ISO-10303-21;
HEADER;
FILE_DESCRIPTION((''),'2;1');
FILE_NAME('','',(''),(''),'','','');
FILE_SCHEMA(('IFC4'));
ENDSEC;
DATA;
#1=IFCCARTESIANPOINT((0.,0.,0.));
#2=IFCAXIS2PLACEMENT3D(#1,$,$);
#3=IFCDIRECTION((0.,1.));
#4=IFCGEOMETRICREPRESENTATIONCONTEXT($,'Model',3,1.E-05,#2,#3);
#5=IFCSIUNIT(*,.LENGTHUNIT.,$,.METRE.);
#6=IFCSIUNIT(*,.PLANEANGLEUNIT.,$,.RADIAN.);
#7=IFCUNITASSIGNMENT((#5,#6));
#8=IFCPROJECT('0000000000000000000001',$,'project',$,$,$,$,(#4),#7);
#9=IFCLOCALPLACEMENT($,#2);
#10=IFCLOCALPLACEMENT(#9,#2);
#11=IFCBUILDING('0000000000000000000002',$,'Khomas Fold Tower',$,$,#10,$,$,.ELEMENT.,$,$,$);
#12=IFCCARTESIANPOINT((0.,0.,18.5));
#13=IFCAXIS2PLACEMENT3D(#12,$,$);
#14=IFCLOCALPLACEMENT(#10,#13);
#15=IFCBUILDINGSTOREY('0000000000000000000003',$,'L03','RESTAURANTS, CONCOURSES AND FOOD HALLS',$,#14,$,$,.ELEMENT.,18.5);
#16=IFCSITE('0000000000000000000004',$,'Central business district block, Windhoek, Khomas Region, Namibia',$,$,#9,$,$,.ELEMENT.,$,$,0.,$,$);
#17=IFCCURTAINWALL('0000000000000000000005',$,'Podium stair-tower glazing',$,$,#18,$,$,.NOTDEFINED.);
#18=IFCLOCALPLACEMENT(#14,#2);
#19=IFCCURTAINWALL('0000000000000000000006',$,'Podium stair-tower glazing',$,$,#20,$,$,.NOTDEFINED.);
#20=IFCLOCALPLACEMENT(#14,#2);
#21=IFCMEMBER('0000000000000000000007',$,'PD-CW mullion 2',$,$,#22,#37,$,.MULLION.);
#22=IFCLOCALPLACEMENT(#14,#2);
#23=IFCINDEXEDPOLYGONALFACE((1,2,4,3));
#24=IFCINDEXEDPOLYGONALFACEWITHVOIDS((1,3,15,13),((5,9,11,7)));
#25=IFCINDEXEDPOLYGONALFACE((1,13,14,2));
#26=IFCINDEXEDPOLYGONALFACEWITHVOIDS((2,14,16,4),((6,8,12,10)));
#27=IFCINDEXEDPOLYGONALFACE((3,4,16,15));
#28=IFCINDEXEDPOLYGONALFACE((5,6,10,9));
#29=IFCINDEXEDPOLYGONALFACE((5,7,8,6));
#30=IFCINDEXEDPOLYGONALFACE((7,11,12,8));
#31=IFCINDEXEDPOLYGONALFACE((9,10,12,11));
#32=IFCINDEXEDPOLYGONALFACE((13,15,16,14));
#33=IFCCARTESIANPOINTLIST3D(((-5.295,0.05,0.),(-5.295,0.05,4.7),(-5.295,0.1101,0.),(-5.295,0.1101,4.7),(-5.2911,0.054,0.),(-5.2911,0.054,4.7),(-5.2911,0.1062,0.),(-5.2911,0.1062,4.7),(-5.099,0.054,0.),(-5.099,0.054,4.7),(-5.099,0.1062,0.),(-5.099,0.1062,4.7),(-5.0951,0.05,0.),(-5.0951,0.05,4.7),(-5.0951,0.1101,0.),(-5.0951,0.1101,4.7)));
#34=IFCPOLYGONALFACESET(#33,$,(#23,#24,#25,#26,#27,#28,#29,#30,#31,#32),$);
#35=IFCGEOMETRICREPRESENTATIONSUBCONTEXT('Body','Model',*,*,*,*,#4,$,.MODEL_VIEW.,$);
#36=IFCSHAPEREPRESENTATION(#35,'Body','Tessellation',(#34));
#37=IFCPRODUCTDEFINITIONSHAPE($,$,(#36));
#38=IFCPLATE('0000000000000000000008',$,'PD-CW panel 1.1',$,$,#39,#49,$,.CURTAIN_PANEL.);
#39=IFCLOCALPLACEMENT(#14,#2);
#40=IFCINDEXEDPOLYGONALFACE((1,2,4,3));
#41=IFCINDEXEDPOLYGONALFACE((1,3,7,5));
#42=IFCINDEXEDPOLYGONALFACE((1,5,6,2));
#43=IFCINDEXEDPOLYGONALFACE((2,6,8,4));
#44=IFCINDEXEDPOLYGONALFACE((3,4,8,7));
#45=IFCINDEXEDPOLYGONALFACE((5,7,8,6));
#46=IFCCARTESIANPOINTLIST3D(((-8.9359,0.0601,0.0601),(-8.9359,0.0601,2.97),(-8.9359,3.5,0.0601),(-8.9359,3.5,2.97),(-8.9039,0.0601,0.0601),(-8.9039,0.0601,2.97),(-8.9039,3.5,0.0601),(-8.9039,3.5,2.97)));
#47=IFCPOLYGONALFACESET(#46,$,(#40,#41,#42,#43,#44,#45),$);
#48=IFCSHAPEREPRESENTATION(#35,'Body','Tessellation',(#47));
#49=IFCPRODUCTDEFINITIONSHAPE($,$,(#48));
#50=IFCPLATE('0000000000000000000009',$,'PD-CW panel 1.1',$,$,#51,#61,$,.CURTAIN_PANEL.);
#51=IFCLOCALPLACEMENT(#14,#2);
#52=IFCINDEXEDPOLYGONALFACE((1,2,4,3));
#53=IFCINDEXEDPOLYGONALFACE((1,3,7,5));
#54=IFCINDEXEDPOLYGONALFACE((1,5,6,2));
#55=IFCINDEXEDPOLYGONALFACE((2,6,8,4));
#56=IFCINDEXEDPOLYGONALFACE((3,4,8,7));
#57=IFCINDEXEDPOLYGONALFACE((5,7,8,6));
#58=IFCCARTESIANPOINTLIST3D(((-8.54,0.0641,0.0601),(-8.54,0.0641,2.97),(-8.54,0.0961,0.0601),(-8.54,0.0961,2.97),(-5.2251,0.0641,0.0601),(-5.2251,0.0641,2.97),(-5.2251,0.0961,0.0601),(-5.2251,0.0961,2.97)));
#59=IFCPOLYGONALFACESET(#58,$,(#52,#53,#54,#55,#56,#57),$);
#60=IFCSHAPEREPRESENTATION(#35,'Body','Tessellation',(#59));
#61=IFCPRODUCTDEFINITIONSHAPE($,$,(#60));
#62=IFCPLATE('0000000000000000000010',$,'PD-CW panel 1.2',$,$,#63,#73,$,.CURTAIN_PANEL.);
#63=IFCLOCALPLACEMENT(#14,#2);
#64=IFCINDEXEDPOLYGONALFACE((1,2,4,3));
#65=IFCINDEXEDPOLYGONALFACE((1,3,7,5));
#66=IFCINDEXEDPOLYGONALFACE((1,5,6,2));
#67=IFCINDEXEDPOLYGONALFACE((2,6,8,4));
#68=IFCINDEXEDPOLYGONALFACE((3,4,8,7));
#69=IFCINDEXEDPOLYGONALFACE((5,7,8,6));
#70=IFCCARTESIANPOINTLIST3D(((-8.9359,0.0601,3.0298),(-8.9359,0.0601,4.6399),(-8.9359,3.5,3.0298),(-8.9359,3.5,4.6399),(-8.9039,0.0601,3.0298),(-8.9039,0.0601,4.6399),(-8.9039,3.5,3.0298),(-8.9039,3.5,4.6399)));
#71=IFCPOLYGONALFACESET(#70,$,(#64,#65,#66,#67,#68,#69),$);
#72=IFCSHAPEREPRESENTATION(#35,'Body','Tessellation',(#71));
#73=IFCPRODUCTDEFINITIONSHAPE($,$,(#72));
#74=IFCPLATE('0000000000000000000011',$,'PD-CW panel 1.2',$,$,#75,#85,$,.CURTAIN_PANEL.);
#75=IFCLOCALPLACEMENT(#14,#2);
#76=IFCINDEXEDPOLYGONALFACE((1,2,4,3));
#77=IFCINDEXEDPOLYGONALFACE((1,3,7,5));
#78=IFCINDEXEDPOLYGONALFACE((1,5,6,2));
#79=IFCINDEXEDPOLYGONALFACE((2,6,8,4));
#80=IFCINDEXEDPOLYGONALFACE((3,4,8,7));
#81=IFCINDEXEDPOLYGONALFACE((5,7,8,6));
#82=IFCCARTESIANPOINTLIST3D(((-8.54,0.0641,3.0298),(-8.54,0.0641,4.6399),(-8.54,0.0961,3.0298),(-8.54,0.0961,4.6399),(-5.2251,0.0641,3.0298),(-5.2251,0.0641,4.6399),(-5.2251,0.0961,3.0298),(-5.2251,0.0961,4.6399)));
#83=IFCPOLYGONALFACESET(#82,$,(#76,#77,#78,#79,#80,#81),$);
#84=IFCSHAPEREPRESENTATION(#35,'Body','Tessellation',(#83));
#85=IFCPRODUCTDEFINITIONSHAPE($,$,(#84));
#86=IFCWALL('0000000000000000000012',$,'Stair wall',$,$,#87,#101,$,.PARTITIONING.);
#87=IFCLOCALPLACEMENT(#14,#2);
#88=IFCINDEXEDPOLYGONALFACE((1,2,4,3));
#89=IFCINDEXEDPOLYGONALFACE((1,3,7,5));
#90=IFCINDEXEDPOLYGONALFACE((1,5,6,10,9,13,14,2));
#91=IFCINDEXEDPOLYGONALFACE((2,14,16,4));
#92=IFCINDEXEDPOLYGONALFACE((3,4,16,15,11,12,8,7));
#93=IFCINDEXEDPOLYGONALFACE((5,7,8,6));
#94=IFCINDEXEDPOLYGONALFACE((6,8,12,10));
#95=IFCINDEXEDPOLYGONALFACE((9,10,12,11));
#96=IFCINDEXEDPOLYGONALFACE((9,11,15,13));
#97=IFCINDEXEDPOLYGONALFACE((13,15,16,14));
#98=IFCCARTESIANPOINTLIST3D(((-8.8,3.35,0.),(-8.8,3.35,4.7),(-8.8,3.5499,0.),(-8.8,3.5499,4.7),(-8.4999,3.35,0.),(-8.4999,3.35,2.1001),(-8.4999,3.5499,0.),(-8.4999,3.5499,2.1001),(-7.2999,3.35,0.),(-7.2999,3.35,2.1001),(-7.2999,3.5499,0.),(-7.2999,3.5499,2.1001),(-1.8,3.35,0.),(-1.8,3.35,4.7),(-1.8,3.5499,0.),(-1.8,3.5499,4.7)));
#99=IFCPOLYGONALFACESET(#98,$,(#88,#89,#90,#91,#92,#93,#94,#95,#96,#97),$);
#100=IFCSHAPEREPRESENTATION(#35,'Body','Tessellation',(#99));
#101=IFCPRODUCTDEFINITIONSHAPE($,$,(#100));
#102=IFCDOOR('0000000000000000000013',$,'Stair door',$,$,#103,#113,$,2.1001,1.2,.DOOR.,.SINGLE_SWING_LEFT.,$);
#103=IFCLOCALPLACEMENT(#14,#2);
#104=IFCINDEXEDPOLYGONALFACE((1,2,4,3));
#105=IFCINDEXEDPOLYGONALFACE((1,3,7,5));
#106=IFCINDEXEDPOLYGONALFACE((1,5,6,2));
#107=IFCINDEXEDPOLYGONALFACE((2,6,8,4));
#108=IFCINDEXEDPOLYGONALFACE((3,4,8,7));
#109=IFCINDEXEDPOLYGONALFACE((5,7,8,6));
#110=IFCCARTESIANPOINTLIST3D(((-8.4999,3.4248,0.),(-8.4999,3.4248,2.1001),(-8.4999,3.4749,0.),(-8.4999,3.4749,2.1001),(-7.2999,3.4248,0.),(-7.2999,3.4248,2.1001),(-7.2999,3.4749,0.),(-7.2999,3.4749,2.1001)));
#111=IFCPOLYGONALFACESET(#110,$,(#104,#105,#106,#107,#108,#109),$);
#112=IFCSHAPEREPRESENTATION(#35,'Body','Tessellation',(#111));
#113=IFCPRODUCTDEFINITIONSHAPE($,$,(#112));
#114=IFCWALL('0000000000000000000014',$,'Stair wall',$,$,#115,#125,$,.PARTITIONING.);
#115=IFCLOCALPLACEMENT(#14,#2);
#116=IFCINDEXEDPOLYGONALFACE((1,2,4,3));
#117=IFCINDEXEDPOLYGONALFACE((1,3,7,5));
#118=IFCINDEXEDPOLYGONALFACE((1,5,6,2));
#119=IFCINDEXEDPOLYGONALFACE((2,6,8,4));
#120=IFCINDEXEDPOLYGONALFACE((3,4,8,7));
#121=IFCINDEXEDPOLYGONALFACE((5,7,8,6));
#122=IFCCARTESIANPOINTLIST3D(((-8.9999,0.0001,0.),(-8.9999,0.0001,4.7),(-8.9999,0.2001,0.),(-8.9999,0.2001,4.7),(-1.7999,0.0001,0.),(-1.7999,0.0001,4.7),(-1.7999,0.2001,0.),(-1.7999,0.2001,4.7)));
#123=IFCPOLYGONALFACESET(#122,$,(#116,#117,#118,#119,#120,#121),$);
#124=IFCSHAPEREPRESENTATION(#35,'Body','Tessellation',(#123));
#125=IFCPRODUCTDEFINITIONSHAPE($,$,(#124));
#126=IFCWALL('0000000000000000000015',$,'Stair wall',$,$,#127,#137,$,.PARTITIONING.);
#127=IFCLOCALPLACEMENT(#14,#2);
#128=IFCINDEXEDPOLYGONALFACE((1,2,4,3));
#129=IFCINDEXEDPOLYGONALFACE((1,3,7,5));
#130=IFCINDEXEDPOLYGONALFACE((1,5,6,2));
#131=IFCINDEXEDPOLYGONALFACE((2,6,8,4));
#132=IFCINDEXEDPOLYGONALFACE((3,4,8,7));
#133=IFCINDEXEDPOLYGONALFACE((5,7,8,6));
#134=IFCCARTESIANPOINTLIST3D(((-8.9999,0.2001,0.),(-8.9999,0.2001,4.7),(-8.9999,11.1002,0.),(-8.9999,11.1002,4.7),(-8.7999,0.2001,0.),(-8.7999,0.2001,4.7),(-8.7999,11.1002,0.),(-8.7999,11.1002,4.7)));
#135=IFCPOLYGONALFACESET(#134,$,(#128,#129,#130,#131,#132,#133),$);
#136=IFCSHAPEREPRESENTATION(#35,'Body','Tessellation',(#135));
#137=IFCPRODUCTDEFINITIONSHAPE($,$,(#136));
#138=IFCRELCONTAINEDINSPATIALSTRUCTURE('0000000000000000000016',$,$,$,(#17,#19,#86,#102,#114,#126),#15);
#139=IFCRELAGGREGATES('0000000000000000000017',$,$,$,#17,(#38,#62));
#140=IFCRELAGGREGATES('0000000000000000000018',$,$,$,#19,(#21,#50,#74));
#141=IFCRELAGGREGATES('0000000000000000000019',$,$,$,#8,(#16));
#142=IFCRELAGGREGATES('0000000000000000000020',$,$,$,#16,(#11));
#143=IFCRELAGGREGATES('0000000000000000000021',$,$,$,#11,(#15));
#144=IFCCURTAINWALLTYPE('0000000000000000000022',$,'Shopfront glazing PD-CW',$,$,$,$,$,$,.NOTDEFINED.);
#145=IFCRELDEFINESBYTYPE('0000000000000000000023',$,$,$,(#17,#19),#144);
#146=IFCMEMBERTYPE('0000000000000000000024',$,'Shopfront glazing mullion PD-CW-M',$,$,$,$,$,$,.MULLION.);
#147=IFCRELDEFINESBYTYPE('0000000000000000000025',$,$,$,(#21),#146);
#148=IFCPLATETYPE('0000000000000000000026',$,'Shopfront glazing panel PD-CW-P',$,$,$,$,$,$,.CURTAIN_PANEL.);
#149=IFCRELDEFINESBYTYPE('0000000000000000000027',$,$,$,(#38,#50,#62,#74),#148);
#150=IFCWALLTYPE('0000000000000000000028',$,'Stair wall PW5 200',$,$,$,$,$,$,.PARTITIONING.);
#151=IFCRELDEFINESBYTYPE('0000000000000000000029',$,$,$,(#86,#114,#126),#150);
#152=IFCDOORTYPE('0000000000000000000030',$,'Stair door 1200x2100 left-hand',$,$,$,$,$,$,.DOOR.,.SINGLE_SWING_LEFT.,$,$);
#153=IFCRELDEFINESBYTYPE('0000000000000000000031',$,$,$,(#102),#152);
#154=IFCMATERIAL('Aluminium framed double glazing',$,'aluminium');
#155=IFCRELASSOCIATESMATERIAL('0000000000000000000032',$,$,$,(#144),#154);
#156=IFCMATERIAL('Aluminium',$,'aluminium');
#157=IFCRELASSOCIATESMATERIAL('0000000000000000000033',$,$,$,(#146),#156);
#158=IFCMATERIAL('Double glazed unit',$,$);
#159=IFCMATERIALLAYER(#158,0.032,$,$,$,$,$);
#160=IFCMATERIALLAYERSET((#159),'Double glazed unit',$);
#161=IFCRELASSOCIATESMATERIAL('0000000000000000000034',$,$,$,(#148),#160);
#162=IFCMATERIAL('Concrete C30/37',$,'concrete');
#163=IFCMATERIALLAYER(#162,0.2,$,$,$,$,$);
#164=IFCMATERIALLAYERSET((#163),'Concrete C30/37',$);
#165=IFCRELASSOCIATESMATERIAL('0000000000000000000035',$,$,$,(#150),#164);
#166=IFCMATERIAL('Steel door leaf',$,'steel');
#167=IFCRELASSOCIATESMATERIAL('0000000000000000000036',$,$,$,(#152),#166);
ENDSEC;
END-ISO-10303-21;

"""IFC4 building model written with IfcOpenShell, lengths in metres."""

from ifc_helpers import new_model, si_unit, direction, frame, frame_2d, origin, origin_2d, place, context, subcontext, project, spatial, rectangle, hollow_rectangle, extrude, source, transform, mapped, material, layer, layer_set, material_profile, profile_set, type_object, element, fill, aggregate, save


model = new_model("IFC4")

# Units and contexts
model_context = context("Model", 3, precision=1e-05, world=origin(), true_north=direction((0.0, 1.0)))
body_context = subcontext(model_context, "Body", "Model", "MODEL_VIEW")
ifc_project = project(units=[si_unit("LENGTHUNIT", "METRE"), si_unit("PLANEANGLEUNIT", "RADIAN")], contexts=[model_context])

# Site, building, storey
site_placement = place(None, origin())
site = spatial("IfcSite", under=ifc_project, at=site_placement, Name="Central business district block, Windhoek, Khomas Region, Namibia", CompositionType="ELEMENT", RefElevation=0.0)
building_placement = place(site_placement, origin())
building = spatial("IfcBuilding", under=site, at=building_placement, Name="Khomas Fold Tower", CompositionType="ELEMENT")
storey_placement = place(building_placement, frame((0.0, 0.0, 18.5)))
storey = spatial("IfcBuildingStorey", under=building, at=storey_placement, Name="L03", Description="RESTAURANTS, CONCOURSES AND FOOD HALLS", CompositionType="ELEMENT", Elevation=18.5)

# Curtain walls
ifc_material_1 = material(Name="Aluminium framed double glazing", Category="aluminium")
curtain_wall_type = type_object("IfcCurtainWallType", Name="Shopfront glazing PD-CW", PredefinedType="NOTDEFINED", material=ifc_material_1)
curtain_wall_1_placement = place(storey_placement, origin())
curtain_wall_1 = element("IfcCurtainWall", 1, at=curtain_wall_1_placement, inside=storey, type_object=curtain_wall_type, Name="Podium stair-tower glazing", PredefinedType="NOTDEFINED")
curtain_wall_2_placement = place(storey_placement, origin())
curtain_wall_2 = element("IfcCurtainWall", 2, at=curtain_wall_2_placement, inside=storey, type_object=curtain_wall_type, Name="Podium stair-tower glazing", PredefinedType="NOTDEFINED")

# Member
ifc_material_2 = material(Name="Aluminium", Category="aluminium")
ifc_material_profile_1 = material_profile(ifc_material_2, hollow_rectangle(XDim=0.0601, YDim=0.2, WallThickness=0.0039, at=origin_2d()), Name="Shopfront glazing mullion PD-CW-M")
ifc_profile_set_1 = profile_set([ifc_material_profile_1], Name="Aluminium")
member_type_1 = type_object("IfcMemberType", Name="Shopfront glazing mullion PD-CW-M", PredefinedType="MULLION", material=ifc_profile_set_1)
shared_shape_1 = source(origin(), body_context, "Body", "SweptSolid", [
    extrude(hollow_rectangle(XDim=0.0601, YDim=0.2, WallThickness=0.0039, at=origin_2d()), origin(), (0.0, 0.0, 1.0), 4.7),
])
member_1_placement = place(storey_placement, frame((-5.1951, 0.0801, 0.0), z_axis=(0.0, 0.0, 1.0), x_axis=(0.0, 1.0, 0.0)))
member_1 = element("IfcMember", 3, at=member_1_placement, type_object=member_type_1, Name="PD-CW mullion 2", PredefinedType="MULLION", context=body_context, shape_type="MappedRepresentation", body=[
    mapped(shared_shape_1, transform((0.0, 0.0, 0.0))),
])

# Plates
ifc_material_3 = material(Name="Double glazed unit")
ifc_layer_1 = layer(ifc_material_3, 0.032)
ifc_layer_set_1 = layer_set([ifc_layer_1], Name="Double glazed unit")
plate_type = type_object("IfcPlateType", Name="Shopfront glazing panel PD-CW-P", PredefinedType="CURTAIN_PANEL", material=ifc_layer_set_1)
shared_shape_2 = source(origin(), body_context, "Body", "SweptSolid", [
    extrude(rectangle(XDim=3.4399, YDim=0.032, at=origin_2d()), origin(), (0.0, 0.0, 1.0), 2.9099),
])
plate_1_placement = place(storey_placement, frame((-8.9199, 1.78, 0.0601), z_axis=(0.0, 0.0, 1.0), x_axis=(0.0, -1.0, 0.0)))
plate_1 = element("IfcPlate", 4, at=plate_1_placement, type_object=plate_type, Name="PD-CW panel 1.1", PredefinedType="CURTAIN_PANEL", context=body_context, shape_type="MappedRepresentation", body=[
    mapped(shared_shape_2, transform((0.0, 0.0, 0.0))),
])
shared_shape_3 = source(origin(), body_context, "Body", "SweptSolid", [
    extrude(rectangle(XDim=3.3149, YDim=0.032, at=origin_2d()), origin(), (0.0, 0.0, 1.0), 2.9099),
])
plate_2_placement = place(storey_placement, frame((-6.8826, 0.0801, 0.0601), z_axis=(0.0, 0.0, 1.0), x_axis=(1.0, 0.0, 0.0)))
plate_2 = element("IfcPlate", 5, at=plate_2_placement, type_object=plate_type, Name="PD-CW panel 1.1", PredefinedType="CURTAIN_PANEL", context=body_context, shape_type="MappedRepresentation", body=[
    mapped(shared_shape_3, transform((0.0, 0.0, 0.0))),
])
shared_shape_4 = source(origin(), body_context, "Body", "SweptSolid", [
    extrude(rectangle(XDim=3.4399, YDim=0.032, at=origin_2d()), origin(), (0.0, 0.0, 1.0), 1.6101),
])
plate_3_placement = place(storey_placement, frame((-8.9199, 1.78, 3.0298), z_axis=(0.0, 0.0, 1.0), x_axis=(0.0, -1.0, 0.0)))
plate_3 = element("IfcPlate", 6, at=plate_3_placement, type_object=plate_type, Name="PD-CW panel 1.2", PredefinedType="CURTAIN_PANEL", context=body_context, shape_type="MappedRepresentation", body=[
    mapped(shared_shape_4, transform((0.0, 0.0, 0.0))),
])
aggregate(curtain_wall_1, [plate_1, plate_3])
shared_shape_5 = source(origin(), body_context, "Body", "SweptSolid", [
    extrude(rectangle(XDim=3.3149, YDim=0.032, at=origin_2d()), origin(), (0.0, 0.0, 1.0), 1.6101),
])
plate_4_placement = place(storey_placement, frame((-6.8826, 0.0801, 3.0298), z_axis=(0.0, 0.0, 1.0), x_axis=(1.0, 0.0, 0.0)))
plate_4 = element("IfcPlate", 7, at=plate_4_placement, type_object=plate_type, Name="PD-CW panel 1.2", PredefinedType="CURTAIN_PANEL", context=body_context, shape_type="MappedRepresentation", body=[
    mapped(shared_shape_5, transform((0.0, 0.0, 0.0))),
])
aggregate(curtain_wall_2, [member_1, plate_2, plate_4])

# Wall, opening, door
ifc_material_4 = material(Name="Concrete C30/37", Category="concrete")
ifc_layer_2 = layer(ifc_material_4, 0.2)
ifc_layer_set_2 = layer_set([ifc_layer_2], Name="Concrete C30/37")
wall_type = type_object("IfcWallType", Name="Stair wall PW5 200", PredefinedType="PARTITIONING", material=ifc_layer_set_2)
shared_shape_6 = source(origin(), body_context, "Body", "SweptSolid", [
    extrude(rectangle(XDim=7.0, YDim=0.2, at=frame_2d((3.5, 0.0))), origin(), (0.0, 0.0, 1.0), 4.7),
])
wall_1_placement = place(storey_placement, frame((-8.8, 3.45, 0.0), z_axis=(0.0, 0.0, 1.0), x_axis=(1.0, 0.0, 0.0)))
wall_1 = element("IfcWall", 8, at=wall_1_placement, inside=storey, type_object=wall_type, Name="Stair wall", PredefinedType="PARTITIONING", context=body_context, shape_type="MappedRepresentation", body=[
    mapped(shared_shape_6, transform((0.0, 0.0, 0.0))),
])
shared_shape_7 = source(origin(), body_context, "Body", "SweptSolid", [
    extrude(rectangle(XDim=1.2, YDim=2.1001, at=frame_2d((0.6001, 1.05))), frame((0.0, 0.1099, 0.0), z_axis=(0.0, -1.0, 0.0), x_axis=(1.0, 0.0, 0.0)), (0.0, 0.0, 1.0), 0.22),
])
opening_placement = place(wall_1_placement, frame((0.3, 0.0, 0.0)))
opening = element("IfcOpeningElement", 9, at=opening_placement, cuts=wall_1, PredefinedType="OPENING", context=body_context, shape_type="MappedRepresentation", body=[
    mapped(shared_shape_7, transform((0.0, 0.0, 0.0))),
])
ifc_material_5 = material(Name="Steel door leaf", Category="steel")
door_type = type_object("IfcDoorType", Name="Stair door 1200x2100 left-hand", OperationType="SINGLE_SWING_LEFT", PredefinedType="DOOR", material=ifc_material_5)
shared_shape_8 = source(origin(), body_context, "Body", "SweptSolid", [
    extrude(rectangle(XDim=1.2, YDim=2.1001, at=frame_2d((0.6001, 1.05))), frame((0.0, 0.0249, 0.0), z_axis=(0.0, -1.0, 0.0), x_axis=(1.0, 0.0, 0.0)), (0.0, 0.0, 1.0), 0.05),
])
door_placement = place(opening_placement, origin())
door = element("IfcDoor", 10, at=door_placement, inside=storey, type_object=door_type, Name="Stair door", OperationType="SINGLE_SWING_LEFT", OverallHeight=2.1001, OverallWidth=1.2, PredefinedType="DOOR", context=body_context, shape_type="MappedRepresentation", body=[
    mapped(shared_shape_8, transform((0.0, 0.0, 0.0))),
])
fill(opening, door)

# Walls
shared_shape_9 = source(origin(), body_context, "Body", "SweptSolid", [
    extrude(rectangle(XDim=7.2, YDim=0.2, at=frame_2d((3.6001, 0.0))), origin(), (0.0, 0.0, 1.0), 4.7),
])
wall_2_placement = place(storey_placement, frame((-9.0, 0.1001, 0.0), z_axis=(0.0, 0.0, 1.0), x_axis=(1.0, 0.0, 0.0)))
element("IfcWall", 11, at=wall_2_placement, inside=storey, type_object=wall_type, Name="Stair wall", PredefinedType="PARTITIONING", context=body_context, shape_type="MappedRepresentation", body=[
    mapped(shared_shape_9, transform((0.0, 0.0, 0.0))),
])
shared_shape_10 = source(origin(), body_context, "Body", "SweptSolid", [
    extrude(rectangle(XDim=10.9001, YDim=0.2, at=frame_2d((5.4502, 0.0))), origin(), (0.0, 0.0, 1.0), 4.7),
])
wall_3_placement = place(storey_placement, frame((-8.8999, 0.2, 0.0), z_axis=(0.0, 0.0, 1.0), x_axis=(0.0, 1.0, 0.0)))
element("IfcWall", 12, at=wall_3_placement, inside=storey, type_object=wall_type, Name="Stair wall", PredefinedType="PARTITIONING", context=body_context, shape_type="MappedRepresentation", body=[
    mapped(shared_shape_10, transform((0.0, 0.0, 0.0))),
])

save(model, "model.ifc")
